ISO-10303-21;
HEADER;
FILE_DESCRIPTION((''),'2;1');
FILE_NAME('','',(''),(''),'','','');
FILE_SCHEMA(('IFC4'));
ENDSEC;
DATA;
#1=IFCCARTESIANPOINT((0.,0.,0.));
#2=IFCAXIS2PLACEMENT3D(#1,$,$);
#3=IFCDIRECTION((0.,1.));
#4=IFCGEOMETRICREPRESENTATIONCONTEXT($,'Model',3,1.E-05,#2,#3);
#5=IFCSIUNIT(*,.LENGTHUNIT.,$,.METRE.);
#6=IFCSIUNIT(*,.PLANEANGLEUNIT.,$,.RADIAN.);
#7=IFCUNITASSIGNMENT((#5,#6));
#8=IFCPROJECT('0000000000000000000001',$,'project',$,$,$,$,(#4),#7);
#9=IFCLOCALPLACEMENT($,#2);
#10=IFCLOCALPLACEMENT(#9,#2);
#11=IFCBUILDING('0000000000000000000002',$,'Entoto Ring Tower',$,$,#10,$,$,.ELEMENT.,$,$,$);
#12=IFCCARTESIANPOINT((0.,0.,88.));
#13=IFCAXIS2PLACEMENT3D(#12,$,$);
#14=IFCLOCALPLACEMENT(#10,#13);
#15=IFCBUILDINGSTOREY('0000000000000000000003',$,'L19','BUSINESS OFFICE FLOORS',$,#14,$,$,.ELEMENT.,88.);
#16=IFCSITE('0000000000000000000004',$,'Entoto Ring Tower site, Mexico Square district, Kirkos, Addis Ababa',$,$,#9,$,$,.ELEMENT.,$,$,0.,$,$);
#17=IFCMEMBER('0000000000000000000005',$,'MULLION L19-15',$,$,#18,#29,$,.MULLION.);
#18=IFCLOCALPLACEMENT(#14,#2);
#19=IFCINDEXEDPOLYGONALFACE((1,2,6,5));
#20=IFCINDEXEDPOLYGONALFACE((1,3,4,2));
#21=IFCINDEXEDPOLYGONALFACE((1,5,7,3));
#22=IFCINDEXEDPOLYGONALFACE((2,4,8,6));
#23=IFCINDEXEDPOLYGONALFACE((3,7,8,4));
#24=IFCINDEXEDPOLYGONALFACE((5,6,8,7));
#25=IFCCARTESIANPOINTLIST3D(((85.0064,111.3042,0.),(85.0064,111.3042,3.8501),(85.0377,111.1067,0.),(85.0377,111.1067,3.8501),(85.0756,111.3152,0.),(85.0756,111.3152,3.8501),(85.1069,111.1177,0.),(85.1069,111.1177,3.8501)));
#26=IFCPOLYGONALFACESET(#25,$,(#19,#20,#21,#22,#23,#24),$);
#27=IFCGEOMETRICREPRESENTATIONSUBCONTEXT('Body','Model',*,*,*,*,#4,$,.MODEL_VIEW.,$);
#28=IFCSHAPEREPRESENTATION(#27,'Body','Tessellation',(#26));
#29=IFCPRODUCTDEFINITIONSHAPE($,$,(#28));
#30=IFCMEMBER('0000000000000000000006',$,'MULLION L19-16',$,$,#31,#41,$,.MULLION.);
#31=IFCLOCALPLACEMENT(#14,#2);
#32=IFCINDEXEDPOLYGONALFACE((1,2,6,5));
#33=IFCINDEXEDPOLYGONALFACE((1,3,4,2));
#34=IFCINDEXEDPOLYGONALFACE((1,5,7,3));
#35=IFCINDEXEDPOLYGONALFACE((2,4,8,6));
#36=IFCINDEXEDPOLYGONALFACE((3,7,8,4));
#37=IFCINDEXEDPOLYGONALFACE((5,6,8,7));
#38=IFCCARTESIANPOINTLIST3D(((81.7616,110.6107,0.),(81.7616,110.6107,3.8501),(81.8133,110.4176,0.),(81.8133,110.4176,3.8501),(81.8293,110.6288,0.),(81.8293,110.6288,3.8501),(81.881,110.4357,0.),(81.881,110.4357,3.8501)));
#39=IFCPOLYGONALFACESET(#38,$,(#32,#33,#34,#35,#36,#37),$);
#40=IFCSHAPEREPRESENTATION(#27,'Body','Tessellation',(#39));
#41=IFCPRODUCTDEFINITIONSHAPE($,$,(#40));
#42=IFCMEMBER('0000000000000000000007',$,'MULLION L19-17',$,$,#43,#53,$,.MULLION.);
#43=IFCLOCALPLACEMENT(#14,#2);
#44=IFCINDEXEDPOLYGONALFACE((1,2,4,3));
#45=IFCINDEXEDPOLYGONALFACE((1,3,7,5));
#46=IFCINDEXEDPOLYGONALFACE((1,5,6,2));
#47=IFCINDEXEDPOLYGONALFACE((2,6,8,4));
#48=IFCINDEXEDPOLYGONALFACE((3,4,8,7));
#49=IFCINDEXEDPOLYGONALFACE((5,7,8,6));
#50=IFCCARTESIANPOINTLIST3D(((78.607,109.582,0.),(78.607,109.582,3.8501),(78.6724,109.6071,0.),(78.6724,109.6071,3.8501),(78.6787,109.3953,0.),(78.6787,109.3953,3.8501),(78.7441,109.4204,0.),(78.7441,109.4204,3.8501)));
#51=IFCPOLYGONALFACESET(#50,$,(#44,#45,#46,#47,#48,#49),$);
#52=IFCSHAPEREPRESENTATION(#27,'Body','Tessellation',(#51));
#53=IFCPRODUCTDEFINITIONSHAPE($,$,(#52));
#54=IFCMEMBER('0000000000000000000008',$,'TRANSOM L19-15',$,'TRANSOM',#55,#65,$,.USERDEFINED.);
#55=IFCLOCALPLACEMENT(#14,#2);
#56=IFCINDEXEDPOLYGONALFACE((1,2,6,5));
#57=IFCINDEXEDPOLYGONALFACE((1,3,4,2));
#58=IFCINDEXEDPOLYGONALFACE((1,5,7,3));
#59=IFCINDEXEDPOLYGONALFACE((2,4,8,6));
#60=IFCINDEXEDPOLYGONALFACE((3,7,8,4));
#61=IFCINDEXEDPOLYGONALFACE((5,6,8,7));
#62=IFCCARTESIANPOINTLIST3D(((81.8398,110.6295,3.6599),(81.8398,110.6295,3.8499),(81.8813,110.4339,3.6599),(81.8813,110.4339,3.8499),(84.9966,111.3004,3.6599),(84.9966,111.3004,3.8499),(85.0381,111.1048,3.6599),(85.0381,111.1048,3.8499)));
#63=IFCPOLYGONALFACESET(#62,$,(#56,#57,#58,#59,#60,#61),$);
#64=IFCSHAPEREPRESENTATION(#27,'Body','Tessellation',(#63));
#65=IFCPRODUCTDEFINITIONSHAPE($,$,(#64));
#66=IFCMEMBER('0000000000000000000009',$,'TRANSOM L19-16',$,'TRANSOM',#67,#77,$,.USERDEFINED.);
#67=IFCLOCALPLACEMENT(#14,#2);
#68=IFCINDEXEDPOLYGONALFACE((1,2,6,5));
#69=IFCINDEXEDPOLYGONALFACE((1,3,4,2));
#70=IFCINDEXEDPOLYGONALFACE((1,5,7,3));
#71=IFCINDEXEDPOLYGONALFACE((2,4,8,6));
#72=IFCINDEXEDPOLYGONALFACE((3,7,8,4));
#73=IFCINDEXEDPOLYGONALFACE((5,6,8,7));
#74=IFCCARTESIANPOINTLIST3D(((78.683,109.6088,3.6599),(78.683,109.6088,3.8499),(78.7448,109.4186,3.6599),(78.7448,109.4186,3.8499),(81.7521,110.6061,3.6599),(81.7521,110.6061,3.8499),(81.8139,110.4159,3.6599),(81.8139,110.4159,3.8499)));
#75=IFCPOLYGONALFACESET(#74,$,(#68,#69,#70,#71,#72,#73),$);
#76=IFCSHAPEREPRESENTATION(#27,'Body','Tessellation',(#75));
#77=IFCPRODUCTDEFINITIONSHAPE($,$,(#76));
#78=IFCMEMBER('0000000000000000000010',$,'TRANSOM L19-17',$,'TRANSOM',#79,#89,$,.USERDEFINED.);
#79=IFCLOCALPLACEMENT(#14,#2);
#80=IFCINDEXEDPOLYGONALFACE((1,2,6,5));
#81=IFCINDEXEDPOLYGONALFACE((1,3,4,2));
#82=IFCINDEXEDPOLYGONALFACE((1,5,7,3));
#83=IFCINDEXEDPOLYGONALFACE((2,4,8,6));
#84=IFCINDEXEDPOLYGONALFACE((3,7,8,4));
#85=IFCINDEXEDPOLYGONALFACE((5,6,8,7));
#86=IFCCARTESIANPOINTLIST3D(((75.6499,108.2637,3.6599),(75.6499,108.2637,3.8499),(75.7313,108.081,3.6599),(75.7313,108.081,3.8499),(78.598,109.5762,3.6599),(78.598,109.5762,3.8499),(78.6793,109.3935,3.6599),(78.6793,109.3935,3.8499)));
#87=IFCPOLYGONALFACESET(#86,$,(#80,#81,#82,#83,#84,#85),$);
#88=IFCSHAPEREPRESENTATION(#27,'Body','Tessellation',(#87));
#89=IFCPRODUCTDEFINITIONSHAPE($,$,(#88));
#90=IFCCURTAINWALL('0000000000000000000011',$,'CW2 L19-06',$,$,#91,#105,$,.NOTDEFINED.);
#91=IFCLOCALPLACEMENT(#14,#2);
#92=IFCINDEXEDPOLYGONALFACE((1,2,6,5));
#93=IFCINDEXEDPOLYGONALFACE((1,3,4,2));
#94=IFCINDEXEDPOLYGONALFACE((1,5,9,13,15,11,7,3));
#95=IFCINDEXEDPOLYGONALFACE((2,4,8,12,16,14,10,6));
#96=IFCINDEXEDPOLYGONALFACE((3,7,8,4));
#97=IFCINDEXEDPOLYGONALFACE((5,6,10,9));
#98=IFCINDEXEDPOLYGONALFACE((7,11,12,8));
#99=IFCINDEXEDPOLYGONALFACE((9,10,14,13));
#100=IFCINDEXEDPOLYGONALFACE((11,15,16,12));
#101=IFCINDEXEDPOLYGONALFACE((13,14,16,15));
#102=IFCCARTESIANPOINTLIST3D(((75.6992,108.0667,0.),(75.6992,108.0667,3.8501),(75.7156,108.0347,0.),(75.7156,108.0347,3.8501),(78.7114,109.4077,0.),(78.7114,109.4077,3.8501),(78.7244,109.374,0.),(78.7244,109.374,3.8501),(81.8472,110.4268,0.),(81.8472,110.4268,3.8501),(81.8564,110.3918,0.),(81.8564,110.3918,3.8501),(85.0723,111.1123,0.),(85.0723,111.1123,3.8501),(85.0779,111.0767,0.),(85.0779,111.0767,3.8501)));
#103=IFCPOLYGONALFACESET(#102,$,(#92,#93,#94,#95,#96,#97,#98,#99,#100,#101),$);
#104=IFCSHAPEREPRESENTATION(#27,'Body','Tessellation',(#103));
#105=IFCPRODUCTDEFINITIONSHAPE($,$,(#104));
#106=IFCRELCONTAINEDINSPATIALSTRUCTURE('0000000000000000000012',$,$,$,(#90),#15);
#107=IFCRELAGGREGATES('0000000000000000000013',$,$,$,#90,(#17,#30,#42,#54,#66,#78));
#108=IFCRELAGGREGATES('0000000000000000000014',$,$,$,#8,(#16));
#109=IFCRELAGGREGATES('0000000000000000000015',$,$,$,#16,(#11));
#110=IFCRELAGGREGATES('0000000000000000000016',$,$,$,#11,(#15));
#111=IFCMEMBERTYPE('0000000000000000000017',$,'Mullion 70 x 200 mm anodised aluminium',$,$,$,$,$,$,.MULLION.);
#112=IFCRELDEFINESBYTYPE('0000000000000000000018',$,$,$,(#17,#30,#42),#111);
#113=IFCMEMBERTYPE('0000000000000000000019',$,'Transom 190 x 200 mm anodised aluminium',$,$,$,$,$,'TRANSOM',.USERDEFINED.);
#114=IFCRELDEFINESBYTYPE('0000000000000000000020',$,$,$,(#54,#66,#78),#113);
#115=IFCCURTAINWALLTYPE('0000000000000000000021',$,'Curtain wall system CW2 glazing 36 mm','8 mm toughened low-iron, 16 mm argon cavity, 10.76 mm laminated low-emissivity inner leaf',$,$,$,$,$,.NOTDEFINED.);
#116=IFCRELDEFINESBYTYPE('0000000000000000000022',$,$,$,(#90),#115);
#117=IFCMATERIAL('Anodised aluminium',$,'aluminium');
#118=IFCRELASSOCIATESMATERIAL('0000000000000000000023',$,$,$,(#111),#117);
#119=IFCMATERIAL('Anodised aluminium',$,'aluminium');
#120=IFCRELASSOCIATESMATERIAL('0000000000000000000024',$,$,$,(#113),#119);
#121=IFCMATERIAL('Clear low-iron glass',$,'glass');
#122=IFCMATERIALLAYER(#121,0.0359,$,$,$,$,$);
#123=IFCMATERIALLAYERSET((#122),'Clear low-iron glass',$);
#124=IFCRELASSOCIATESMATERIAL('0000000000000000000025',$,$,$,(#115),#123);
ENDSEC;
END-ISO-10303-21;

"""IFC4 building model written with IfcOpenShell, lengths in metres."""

from ifc_helpers import new_model, si_unit, direction, frame, origin, origin_2d, place, context, subcontext, project, spatial, polyline, rectangle, outline, extrude, material, layer, layer_set, material_profile, profile_set, type_object, element, aggregate, save


model = new_model("IFC4")

# Units and contexts
model_context = context("Model", 3, precision=1e-05, world=origin(), true_north=direction((0.0, 1.0)))
body_context = subcontext(model_context, "Body", "Model", "MODEL_VIEW")
ifc_project = project(units=[si_unit("LENGTHUNIT", "METRE"), si_unit("PLANEANGLEUNIT", "RADIAN")], contexts=[model_context])

# Members
ifc_material_1 = material(Name="Anodised aluminium", Category="aluminium")
ifc_material_profile_1 = material_profile(ifc_material_1, rectangle(XDim=0.0701, YDim=0.2, at=origin_2d()), Name="Mullion 70 x 200 mm anodised aluminium")
ifc_profile_set_1 = profile_set([ifc_material_profile_1], Name="Anodised aluminium")
member_type_1 = type_object("IfcMemberType", Name="Mullion 70 x 200 mm anodised aluminium", PredefinedType="MULLION", material=ifc_profile_set_1)
site_placement = place(None, origin())
building_placement = place(site_placement, origin())
storey_placement = place(building_placement, frame((0.0, 0.0, 88.0)))
member_1_placement = place(storey_placement, frame((85.0566, 111.2109, 0.0), z_axis=(0.0, 0.0, 1.0), x_axis=(-0.987688, -0.156434, 0.0)))
member_1 = element("IfcMember", 1, at=member_1_placement, type_object=member_type_1, Name="MULLION L19-15", PredefinedType="MULLION", context=body_context, shape_type="SweptSolid", body=[
    extrude(rectangle(XDim=0.0701, YDim=0.2, at=origin_2d()), origin(), (0.0, 0.0, 1.0), 3.8501),
])
member_2_placement = place(storey_placement, frame((81.8213, 110.5232, 0.0), z_axis=(0.0, 0.0, 1.0), x_axis=(-0.965926, -0.258819, 0.0)))
member_2 = element("IfcMember", 2, at=member_2_placement, type_object=member_type_1, Name="MULLION L19-16", PredefinedType="MULLION", context=body_context, shape_type="SweptSolid", body=[
    extrude(rectangle(XDim=0.0701, YDim=0.2, at=origin_2d()), origin(), (0.0, 0.0, 1.0), 3.8501),
])
member_3_placement = place(storey_placement, frame((78.6755, 109.5012, 0.0), z_axis=(0.0, 0.0, 1.0), x_axis=(-0.93358, -0.358368, 0.0)))
member_3 = element("IfcMember", 3, at=member_3_placement, type_object=member_type_1, Name="MULLION L19-17", PredefinedType="MULLION", context=body_context, shape_type="SweptSolid", body=[
    extrude(rectangle(XDim=0.0701, YDim=0.2, at=origin_2d()), origin(), (0.0, 0.0, 1.0), 3.8501),
])
ifc_material_2 = material(Name="Anodised aluminium", Category="aluminium")
ifc_material_profile_2 = material_profile(ifc_material_2, rectangle(XDim=0.2, YDim=0.1899, at=origin_2d()), Name="Transom 190 x 200 mm anodised aluminium")
ifc_profile_set_2 = profile_set([ifc_material_profile_2], Name="Anodised aluminium")
member_type_2 = type_object("IfcMemberType", Name="Transom 190 x 200 mm anodised aluminium", ElementType="TRANSOM", PredefinedType="USERDEFINED", material=ifc_profile_set_2)
member_4_placement = place(storey_placement, frame((85.0173, 111.2026, 3.7549), z_axis=(-0.978153, -0.207886, 0.0), x_axis=(0.207886, -0.978153, 0.0)))
member_4 = element("IfcMember", 4, at=member_4_placement, type_object=member_type_2, Name="TRANSOM L19-15", ObjectType="TRANSOM", PredefinedType="USERDEFINED", context=body_context, shape_type="SweptSolid", body=[
    extrude(rectangle(XDim=0.2, YDim=0.1899, at=origin_2d()), origin(), (0.0, 0.0, 1.0), 3.2273),
])
member_5_placement = place(storey_placement, frame((81.783, 110.511, 3.7549), z_axis=(-0.951047, -0.309047, 0.0), x_axis=(0.309047, -0.951047, 0.0)))
member_5 = element("IfcMember", 5, at=member_5_placement, type_object=member_type_2, Name="TRANSOM L19-16", ObjectType="TRANSOM", PredefinedType="USERDEFINED", context=body_context, shape_type="SweptSolid", body=[
    extrude(rectangle(XDim=0.2, YDim=0.1899, at=origin_2d()), origin(), (0.0, 0.0, 1.0), 3.2271),
])
member_6_placement = place(storey_placement, frame((78.6387, 109.4849, 3.7549), z_axis=(-0.913549, -0.406728, 0.0), x_axis=(0.406728, -0.913549, 0.0)))
member_6 = element("IfcMember", 6, at=member_6_placement, type_object=member_type_2, Name="TRANSOM L19-17", ObjectType="TRANSOM", PredefinedType="USERDEFINED", context=body_context, shape_type="SweptSolid", body=[
    extrude(rectangle(XDim=0.2, YDim=0.1899, at=origin_2d()), origin(), (0.0, 0.0, 1.0), 3.2271),
])

# Site, building, storey
site = spatial("IfcSite", under=ifc_project, at=site_placement, Name="Entoto Ring Tower site, Mexico Square district, Kirkos, Addis Ababa", CompositionType="ELEMENT", RefElevation=0.0)
building = spatial("IfcBuilding", under=site, at=building_placement, Name="Entoto Ring Tower", CompositionType="ELEMENT")
storey = spatial("IfcBuildingStorey", under=building, at=storey_placement, Name="L19", Description="BUSINESS OFFICE FLOORS", CompositionType="ELEMENT", Elevation=88.0)

# Curtain wall
ifc_material_3 = material(Name="Clear low-iron glass", Category="glass")
ifc_layer = layer(ifc_material_3, 0.0359)
ifc_layer_set = layer_set([ifc_layer], Name="Clear low-iron glass")
curtain_wall_type = type_object("IfcCurtainWallType", Name="Curtain wall system CW2 glazing 36 mm", Description="8 mm toughened low-iron, 16 mm argon cavity, 10.76 mm laminated low-emissivity inner leaf", PredefinedType="NOTDEFINED", material=ifc_layer_set)
curtain_wall_1_placement = place(storey_placement, origin())
curtain_wall_1 = element("IfcCurtainWall", 7, at=curtain_wall_1_placement, inside=storey, type_object=curtain_wall_type, Name="CW2 L19-06", PredefinedType="NOTDEFINED", context=body_context, shape_type="SweptSolid", body=[
    extrude(outline(polyline([(85.0723, 111.1123), (81.8472, 110.4268), (78.7114, 109.4077), (75.6992, 108.0667), (75.7156, 108.0347), (78.7244, 109.374), (81.8564, 110.3918), (85.0779, 111.0767), (85.0723, 111.1123)])), origin(), (0.0, 0.0, 1.0), 3.8501),
])
aggregate(curtain_wall_1, [member_1, member_2, member_3, member_4, member_5, member_6])

save(model, "model.ifc")
